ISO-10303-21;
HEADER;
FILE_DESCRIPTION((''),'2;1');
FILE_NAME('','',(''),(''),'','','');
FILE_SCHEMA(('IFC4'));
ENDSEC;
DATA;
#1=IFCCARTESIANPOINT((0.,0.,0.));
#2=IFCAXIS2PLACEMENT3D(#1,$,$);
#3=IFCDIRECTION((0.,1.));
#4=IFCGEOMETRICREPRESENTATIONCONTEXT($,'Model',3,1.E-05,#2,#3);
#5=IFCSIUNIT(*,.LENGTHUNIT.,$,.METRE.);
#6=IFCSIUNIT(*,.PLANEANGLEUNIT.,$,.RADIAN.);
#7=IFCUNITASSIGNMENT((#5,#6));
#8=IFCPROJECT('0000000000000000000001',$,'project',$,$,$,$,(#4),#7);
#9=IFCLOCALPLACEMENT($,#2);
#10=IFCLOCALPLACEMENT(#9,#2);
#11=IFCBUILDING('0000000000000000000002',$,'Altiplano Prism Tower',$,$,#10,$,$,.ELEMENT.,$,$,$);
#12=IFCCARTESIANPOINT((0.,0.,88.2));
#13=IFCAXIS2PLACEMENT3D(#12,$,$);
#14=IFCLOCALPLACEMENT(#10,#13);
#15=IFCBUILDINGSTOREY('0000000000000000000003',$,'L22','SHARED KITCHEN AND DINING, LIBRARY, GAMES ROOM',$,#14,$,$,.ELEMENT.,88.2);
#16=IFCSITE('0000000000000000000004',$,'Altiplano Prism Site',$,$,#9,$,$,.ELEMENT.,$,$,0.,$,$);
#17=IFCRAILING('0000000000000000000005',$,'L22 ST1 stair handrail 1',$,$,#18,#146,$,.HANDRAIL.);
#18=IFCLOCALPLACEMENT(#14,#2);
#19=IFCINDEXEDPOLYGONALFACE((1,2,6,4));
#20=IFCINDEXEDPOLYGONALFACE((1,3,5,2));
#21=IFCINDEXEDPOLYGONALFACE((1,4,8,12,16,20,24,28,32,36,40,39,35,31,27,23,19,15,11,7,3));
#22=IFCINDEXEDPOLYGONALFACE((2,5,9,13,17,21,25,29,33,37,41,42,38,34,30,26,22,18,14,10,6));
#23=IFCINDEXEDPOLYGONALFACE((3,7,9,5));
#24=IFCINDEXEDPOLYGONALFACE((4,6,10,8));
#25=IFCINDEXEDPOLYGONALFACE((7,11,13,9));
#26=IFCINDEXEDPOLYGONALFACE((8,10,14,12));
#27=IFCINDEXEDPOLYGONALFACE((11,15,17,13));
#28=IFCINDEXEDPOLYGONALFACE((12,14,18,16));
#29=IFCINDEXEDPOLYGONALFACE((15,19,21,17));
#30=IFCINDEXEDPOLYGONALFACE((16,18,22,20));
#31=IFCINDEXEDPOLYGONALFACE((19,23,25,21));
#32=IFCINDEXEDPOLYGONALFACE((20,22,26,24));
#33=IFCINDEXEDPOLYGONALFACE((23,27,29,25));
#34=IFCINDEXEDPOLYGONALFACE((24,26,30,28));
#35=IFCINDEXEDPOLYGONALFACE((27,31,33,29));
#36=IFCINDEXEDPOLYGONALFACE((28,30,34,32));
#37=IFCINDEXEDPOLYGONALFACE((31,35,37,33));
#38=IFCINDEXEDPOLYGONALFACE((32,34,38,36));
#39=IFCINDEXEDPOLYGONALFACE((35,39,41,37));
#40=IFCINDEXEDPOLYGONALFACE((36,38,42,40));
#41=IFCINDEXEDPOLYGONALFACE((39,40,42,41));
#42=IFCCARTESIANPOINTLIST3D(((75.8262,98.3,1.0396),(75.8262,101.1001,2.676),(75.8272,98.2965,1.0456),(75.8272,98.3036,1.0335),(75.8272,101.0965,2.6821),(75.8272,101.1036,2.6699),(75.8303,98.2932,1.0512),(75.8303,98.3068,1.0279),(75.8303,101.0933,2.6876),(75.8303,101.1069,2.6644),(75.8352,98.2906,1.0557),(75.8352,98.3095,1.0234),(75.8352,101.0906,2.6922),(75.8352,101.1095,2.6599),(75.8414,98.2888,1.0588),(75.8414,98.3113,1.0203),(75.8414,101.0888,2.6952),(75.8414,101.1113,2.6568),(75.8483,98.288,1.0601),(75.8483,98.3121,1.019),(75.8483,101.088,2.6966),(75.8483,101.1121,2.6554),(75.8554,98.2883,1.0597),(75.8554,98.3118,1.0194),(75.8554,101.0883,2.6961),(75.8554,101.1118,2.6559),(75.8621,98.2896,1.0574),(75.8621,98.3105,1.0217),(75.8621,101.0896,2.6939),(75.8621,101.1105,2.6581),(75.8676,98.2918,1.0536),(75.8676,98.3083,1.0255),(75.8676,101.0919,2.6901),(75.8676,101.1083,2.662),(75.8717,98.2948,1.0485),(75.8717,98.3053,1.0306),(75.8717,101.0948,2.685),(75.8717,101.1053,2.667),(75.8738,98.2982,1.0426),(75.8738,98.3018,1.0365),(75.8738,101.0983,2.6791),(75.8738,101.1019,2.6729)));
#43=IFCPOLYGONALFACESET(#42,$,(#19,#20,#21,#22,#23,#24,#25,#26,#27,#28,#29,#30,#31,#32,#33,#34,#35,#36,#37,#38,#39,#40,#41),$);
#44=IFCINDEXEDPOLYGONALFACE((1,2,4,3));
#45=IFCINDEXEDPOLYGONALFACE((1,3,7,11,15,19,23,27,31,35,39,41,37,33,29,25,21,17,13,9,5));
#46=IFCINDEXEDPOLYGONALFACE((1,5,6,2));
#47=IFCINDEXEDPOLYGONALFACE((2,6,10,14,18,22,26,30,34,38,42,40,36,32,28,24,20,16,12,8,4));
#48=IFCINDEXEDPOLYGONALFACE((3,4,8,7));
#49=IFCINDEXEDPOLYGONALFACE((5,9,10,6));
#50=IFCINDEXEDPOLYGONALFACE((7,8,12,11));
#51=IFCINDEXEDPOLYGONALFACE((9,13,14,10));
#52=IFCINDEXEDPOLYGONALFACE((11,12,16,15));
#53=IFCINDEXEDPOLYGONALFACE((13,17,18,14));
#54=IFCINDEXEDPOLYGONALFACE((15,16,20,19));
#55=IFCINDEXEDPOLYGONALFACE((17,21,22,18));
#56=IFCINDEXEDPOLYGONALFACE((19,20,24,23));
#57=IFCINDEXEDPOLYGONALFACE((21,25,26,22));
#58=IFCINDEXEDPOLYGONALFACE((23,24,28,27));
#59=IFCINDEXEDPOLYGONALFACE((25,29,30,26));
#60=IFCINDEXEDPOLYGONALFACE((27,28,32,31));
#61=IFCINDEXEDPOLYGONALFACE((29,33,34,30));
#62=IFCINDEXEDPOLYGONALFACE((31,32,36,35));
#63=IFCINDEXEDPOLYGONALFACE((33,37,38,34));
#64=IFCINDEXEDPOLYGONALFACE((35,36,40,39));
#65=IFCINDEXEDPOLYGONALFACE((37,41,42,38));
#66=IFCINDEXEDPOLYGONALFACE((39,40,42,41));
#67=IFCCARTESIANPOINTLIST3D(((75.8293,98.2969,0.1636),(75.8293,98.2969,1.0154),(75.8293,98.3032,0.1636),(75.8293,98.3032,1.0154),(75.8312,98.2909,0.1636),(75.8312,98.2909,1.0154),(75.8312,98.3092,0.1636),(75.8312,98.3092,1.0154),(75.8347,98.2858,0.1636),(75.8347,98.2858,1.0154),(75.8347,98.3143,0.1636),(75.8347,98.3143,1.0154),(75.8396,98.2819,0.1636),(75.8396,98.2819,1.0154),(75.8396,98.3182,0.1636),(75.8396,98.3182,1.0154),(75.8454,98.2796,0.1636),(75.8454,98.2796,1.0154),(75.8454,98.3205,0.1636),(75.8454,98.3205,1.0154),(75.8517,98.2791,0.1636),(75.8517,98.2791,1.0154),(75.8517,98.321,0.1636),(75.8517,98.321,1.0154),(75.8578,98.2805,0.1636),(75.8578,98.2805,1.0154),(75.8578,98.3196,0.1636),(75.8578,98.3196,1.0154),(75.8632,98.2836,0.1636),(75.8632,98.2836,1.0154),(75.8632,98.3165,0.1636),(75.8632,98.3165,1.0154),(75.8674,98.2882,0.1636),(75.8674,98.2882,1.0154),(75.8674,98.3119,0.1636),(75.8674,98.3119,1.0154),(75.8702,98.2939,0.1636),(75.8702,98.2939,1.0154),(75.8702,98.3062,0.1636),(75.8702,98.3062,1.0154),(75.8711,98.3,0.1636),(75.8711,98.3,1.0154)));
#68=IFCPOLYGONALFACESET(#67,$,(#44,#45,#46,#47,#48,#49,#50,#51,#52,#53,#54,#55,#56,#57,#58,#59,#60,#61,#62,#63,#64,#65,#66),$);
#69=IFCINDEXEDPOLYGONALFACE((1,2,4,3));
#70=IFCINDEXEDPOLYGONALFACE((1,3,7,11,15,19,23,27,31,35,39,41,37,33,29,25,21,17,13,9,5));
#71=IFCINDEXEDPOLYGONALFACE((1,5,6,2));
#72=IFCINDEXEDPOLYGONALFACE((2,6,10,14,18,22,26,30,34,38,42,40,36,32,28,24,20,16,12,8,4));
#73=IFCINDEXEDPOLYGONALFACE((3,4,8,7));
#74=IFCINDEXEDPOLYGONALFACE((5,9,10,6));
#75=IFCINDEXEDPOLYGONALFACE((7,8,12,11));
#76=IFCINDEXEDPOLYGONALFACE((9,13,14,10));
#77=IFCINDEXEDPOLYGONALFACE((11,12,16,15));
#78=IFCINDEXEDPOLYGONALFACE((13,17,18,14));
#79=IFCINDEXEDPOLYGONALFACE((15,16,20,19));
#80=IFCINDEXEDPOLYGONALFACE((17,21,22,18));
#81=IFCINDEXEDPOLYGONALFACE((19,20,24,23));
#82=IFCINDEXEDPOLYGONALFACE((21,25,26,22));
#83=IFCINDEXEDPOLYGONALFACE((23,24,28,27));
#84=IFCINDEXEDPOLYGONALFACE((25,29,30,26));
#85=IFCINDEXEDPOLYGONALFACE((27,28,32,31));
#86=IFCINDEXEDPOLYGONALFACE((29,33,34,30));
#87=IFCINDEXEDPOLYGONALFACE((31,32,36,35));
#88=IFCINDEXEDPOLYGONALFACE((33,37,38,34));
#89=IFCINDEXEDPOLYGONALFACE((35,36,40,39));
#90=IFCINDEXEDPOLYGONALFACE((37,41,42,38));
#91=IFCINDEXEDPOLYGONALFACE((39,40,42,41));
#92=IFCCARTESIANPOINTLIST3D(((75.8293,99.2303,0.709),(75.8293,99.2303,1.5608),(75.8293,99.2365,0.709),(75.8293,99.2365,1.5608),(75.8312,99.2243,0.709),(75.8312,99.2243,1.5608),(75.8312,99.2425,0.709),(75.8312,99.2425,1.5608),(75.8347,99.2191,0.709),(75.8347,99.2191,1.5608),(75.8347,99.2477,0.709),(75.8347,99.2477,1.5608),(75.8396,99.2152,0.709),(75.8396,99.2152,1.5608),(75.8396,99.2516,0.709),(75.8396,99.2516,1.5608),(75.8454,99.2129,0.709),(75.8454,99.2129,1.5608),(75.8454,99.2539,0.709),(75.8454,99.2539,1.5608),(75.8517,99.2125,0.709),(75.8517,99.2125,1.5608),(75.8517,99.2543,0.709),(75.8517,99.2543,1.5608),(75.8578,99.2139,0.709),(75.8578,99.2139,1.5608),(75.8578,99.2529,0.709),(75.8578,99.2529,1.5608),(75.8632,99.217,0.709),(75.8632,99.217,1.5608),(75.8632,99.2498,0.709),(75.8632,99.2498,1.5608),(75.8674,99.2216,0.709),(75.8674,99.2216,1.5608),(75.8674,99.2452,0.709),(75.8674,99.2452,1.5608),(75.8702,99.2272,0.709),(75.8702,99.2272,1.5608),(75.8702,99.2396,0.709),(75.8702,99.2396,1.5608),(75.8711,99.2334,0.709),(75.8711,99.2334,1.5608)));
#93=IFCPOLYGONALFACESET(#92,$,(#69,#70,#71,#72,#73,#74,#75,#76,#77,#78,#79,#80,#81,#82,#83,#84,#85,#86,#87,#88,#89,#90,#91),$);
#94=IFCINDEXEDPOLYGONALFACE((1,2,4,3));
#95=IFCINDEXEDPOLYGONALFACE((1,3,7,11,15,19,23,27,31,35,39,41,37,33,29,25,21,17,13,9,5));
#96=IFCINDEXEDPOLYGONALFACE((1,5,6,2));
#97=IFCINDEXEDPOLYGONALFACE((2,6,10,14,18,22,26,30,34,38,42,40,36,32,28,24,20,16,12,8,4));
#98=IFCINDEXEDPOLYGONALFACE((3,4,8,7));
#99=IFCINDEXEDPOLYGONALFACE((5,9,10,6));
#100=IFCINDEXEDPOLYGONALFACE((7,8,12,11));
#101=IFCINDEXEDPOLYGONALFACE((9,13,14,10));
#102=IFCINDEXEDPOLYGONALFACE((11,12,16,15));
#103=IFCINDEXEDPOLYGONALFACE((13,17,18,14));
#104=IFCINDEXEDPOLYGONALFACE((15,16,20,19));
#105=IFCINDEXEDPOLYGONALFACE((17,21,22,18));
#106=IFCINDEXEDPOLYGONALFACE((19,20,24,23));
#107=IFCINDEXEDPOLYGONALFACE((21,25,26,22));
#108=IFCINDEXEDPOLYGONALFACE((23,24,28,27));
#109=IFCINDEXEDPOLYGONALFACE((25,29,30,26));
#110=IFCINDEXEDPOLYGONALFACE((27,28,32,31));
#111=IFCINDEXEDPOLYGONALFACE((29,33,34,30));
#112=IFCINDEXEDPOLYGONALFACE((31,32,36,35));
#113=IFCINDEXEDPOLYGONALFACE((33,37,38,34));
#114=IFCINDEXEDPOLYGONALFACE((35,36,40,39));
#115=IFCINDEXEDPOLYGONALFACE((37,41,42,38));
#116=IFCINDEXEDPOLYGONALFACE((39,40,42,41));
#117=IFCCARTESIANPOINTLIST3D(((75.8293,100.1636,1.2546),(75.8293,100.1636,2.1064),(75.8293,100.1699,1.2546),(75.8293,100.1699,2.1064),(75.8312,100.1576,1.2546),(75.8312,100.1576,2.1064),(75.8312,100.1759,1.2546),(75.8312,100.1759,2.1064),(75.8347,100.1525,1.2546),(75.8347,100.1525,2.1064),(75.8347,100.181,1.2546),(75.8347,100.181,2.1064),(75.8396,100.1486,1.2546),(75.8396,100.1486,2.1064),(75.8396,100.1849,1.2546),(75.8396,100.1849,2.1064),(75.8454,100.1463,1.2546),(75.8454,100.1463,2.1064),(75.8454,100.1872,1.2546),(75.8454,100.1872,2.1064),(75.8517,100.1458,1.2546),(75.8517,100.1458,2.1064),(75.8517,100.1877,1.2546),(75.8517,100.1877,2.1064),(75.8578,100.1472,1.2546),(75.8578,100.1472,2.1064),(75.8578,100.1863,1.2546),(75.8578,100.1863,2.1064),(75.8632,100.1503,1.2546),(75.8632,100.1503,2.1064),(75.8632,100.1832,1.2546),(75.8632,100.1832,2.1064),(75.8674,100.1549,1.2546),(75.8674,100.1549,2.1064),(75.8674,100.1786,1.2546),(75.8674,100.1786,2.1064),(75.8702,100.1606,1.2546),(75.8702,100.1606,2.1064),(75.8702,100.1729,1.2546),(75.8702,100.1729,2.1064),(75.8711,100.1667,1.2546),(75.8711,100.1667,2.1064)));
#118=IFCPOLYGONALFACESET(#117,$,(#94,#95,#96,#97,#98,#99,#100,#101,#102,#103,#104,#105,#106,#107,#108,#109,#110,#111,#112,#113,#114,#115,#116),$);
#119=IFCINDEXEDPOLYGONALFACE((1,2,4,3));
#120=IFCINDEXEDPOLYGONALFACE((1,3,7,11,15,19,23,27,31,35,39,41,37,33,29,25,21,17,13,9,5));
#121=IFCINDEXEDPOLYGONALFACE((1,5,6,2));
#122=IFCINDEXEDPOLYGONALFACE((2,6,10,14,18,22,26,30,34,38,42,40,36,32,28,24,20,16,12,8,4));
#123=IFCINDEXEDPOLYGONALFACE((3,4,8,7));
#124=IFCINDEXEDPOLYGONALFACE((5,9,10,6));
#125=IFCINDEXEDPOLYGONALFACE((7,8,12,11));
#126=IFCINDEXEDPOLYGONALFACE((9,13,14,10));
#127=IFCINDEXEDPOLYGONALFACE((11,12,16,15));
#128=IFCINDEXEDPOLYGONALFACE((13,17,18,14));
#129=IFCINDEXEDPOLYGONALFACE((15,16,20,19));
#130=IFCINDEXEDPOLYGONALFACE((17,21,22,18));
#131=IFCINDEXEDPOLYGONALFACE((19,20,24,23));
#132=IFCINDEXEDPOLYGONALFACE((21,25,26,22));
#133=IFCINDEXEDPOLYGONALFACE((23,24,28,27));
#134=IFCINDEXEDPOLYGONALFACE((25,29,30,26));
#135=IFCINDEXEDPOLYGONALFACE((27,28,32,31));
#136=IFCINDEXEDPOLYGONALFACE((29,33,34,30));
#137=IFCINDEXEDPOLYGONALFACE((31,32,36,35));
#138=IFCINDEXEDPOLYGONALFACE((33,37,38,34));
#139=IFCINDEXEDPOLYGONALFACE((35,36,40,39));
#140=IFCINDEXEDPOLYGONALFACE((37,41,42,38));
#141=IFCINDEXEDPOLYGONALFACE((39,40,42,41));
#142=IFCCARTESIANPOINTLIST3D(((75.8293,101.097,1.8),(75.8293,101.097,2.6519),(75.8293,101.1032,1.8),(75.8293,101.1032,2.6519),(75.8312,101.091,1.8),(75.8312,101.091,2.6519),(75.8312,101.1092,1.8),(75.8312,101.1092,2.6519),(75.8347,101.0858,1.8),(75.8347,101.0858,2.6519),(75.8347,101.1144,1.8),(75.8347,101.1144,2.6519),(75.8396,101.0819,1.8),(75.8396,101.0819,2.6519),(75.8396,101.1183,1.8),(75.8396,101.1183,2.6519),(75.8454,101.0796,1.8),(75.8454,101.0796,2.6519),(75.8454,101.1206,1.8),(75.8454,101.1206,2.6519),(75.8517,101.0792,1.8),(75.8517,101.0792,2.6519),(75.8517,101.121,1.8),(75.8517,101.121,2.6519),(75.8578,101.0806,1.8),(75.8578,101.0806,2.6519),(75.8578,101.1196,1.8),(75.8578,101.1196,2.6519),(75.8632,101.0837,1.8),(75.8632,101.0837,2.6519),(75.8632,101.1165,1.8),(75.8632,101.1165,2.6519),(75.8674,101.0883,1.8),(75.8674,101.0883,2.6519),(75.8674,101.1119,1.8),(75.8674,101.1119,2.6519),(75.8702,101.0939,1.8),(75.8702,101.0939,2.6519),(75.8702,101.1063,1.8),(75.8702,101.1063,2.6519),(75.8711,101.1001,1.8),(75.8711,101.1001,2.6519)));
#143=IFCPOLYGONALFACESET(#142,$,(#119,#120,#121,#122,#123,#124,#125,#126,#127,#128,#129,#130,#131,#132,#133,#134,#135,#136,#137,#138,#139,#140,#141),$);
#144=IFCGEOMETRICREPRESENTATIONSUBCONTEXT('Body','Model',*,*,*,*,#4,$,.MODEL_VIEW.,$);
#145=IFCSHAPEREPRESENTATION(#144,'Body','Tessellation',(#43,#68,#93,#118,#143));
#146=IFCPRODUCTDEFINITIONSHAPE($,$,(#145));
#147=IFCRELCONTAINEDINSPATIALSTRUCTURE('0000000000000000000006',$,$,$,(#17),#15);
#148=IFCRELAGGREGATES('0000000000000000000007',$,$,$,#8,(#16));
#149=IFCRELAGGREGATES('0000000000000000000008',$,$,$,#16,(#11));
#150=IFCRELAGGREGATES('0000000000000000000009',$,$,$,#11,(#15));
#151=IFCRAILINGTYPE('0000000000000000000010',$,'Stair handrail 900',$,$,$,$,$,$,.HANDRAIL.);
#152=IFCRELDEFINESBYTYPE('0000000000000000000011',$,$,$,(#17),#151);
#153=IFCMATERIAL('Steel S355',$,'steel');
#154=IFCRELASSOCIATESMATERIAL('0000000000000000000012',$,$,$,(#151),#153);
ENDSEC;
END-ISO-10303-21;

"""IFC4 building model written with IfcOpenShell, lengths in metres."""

from ifc_helpers import new_model, si_unit, direction, frame, origin, origin_2d, place, context, subcontext, project, spatial, circle, extrude, material, type_object, element, save


model = new_model("IFC4")

# Units and contexts
model_context = context("Model", 3, precision=1e-05, world=origin(), true_north=direction((0.0, 1.0)))
body_context = subcontext(model_context, "Body", "Model", "MODEL_VIEW")
ifc_project = project(units=[si_unit("LENGTHUNIT", "METRE"), si_unit("PLANEANGLEUNIT", "RADIAN")], contexts=[model_context])

# Site, building, storey
site_placement = place(None, origin())
site = spatial("IfcSite", under=ifc_project, at=site_placement, Name="Altiplano Prism Site", CompositionType="ELEMENT", RefElevation=0.0)
building_placement = place(site_placement, origin())
building = spatial("IfcBuilding", under=site, at=building_placement, Name="Altiplano Prism Tower", CompositionType="ELEMENT")
storey_placement = place(building_placement, frame((0.0, 0.0, 88.2)))
storey = spatial("IfcBuildingStorey", under=building, at=storey_placement, Name="L22", Description="SHARED KITCHEN AND DINING, LIBRARY, GAMES ROOM", CompositionType="ELEMENT", Elevation=88.2)

# Railing
ifc_material_1 = material(Name="Steel S355", Category="steel")
railing_type_1 = type_object("IfcRailingType", Name="Stair handrail 900", PredefinedType="HANDRAIL", material=ifc_material_1)
railing_1_placement = place(storey_placement, frame((75.8501, 98.3, 0.1636)))
element("IfcRailing", 1, at=railing_1_placement, inside=storey, type_object=railing_type_1, Name="L22 ST1 stair handrail 1", PredefinedType="HANDRAIL", context=body_context, shape_type="SweptSolid", body=[
    extrude(circle(Radius=0.0239, at=origin_2d()), frame((0.0, 0.0, 0.876), z_axis=(0.0, 0.863361, 0.504587), x_axis=(-1.0, 0.0, 0.0)), (0.0, 0.0, 1.0), 3.2432),
    extrude(circle(Radius=0.021, at=origin_2d()), origin(), (0.0, 0.0, 1.0), 0.8518),
    extrude(circle(Radius=0.021, at=origin_2d()), frame((0.0, 0.9333, 0.5454)), (0.0, 0.0, 1.0), 0.8518),
    extrude(circle(Radius=0.021, at=origin_2d()), frame((0.0, 1.8667, 1.0911)), (0.0, 0.0, 1.0), 0.8518),
    extrude(circle(Radius=0.021, at=origin_2d()), frame((0.0, 2.8, 1.6365)), (0.0, 0.0, 1.0), 0.8518),
])

save(model, "model.ifc")
